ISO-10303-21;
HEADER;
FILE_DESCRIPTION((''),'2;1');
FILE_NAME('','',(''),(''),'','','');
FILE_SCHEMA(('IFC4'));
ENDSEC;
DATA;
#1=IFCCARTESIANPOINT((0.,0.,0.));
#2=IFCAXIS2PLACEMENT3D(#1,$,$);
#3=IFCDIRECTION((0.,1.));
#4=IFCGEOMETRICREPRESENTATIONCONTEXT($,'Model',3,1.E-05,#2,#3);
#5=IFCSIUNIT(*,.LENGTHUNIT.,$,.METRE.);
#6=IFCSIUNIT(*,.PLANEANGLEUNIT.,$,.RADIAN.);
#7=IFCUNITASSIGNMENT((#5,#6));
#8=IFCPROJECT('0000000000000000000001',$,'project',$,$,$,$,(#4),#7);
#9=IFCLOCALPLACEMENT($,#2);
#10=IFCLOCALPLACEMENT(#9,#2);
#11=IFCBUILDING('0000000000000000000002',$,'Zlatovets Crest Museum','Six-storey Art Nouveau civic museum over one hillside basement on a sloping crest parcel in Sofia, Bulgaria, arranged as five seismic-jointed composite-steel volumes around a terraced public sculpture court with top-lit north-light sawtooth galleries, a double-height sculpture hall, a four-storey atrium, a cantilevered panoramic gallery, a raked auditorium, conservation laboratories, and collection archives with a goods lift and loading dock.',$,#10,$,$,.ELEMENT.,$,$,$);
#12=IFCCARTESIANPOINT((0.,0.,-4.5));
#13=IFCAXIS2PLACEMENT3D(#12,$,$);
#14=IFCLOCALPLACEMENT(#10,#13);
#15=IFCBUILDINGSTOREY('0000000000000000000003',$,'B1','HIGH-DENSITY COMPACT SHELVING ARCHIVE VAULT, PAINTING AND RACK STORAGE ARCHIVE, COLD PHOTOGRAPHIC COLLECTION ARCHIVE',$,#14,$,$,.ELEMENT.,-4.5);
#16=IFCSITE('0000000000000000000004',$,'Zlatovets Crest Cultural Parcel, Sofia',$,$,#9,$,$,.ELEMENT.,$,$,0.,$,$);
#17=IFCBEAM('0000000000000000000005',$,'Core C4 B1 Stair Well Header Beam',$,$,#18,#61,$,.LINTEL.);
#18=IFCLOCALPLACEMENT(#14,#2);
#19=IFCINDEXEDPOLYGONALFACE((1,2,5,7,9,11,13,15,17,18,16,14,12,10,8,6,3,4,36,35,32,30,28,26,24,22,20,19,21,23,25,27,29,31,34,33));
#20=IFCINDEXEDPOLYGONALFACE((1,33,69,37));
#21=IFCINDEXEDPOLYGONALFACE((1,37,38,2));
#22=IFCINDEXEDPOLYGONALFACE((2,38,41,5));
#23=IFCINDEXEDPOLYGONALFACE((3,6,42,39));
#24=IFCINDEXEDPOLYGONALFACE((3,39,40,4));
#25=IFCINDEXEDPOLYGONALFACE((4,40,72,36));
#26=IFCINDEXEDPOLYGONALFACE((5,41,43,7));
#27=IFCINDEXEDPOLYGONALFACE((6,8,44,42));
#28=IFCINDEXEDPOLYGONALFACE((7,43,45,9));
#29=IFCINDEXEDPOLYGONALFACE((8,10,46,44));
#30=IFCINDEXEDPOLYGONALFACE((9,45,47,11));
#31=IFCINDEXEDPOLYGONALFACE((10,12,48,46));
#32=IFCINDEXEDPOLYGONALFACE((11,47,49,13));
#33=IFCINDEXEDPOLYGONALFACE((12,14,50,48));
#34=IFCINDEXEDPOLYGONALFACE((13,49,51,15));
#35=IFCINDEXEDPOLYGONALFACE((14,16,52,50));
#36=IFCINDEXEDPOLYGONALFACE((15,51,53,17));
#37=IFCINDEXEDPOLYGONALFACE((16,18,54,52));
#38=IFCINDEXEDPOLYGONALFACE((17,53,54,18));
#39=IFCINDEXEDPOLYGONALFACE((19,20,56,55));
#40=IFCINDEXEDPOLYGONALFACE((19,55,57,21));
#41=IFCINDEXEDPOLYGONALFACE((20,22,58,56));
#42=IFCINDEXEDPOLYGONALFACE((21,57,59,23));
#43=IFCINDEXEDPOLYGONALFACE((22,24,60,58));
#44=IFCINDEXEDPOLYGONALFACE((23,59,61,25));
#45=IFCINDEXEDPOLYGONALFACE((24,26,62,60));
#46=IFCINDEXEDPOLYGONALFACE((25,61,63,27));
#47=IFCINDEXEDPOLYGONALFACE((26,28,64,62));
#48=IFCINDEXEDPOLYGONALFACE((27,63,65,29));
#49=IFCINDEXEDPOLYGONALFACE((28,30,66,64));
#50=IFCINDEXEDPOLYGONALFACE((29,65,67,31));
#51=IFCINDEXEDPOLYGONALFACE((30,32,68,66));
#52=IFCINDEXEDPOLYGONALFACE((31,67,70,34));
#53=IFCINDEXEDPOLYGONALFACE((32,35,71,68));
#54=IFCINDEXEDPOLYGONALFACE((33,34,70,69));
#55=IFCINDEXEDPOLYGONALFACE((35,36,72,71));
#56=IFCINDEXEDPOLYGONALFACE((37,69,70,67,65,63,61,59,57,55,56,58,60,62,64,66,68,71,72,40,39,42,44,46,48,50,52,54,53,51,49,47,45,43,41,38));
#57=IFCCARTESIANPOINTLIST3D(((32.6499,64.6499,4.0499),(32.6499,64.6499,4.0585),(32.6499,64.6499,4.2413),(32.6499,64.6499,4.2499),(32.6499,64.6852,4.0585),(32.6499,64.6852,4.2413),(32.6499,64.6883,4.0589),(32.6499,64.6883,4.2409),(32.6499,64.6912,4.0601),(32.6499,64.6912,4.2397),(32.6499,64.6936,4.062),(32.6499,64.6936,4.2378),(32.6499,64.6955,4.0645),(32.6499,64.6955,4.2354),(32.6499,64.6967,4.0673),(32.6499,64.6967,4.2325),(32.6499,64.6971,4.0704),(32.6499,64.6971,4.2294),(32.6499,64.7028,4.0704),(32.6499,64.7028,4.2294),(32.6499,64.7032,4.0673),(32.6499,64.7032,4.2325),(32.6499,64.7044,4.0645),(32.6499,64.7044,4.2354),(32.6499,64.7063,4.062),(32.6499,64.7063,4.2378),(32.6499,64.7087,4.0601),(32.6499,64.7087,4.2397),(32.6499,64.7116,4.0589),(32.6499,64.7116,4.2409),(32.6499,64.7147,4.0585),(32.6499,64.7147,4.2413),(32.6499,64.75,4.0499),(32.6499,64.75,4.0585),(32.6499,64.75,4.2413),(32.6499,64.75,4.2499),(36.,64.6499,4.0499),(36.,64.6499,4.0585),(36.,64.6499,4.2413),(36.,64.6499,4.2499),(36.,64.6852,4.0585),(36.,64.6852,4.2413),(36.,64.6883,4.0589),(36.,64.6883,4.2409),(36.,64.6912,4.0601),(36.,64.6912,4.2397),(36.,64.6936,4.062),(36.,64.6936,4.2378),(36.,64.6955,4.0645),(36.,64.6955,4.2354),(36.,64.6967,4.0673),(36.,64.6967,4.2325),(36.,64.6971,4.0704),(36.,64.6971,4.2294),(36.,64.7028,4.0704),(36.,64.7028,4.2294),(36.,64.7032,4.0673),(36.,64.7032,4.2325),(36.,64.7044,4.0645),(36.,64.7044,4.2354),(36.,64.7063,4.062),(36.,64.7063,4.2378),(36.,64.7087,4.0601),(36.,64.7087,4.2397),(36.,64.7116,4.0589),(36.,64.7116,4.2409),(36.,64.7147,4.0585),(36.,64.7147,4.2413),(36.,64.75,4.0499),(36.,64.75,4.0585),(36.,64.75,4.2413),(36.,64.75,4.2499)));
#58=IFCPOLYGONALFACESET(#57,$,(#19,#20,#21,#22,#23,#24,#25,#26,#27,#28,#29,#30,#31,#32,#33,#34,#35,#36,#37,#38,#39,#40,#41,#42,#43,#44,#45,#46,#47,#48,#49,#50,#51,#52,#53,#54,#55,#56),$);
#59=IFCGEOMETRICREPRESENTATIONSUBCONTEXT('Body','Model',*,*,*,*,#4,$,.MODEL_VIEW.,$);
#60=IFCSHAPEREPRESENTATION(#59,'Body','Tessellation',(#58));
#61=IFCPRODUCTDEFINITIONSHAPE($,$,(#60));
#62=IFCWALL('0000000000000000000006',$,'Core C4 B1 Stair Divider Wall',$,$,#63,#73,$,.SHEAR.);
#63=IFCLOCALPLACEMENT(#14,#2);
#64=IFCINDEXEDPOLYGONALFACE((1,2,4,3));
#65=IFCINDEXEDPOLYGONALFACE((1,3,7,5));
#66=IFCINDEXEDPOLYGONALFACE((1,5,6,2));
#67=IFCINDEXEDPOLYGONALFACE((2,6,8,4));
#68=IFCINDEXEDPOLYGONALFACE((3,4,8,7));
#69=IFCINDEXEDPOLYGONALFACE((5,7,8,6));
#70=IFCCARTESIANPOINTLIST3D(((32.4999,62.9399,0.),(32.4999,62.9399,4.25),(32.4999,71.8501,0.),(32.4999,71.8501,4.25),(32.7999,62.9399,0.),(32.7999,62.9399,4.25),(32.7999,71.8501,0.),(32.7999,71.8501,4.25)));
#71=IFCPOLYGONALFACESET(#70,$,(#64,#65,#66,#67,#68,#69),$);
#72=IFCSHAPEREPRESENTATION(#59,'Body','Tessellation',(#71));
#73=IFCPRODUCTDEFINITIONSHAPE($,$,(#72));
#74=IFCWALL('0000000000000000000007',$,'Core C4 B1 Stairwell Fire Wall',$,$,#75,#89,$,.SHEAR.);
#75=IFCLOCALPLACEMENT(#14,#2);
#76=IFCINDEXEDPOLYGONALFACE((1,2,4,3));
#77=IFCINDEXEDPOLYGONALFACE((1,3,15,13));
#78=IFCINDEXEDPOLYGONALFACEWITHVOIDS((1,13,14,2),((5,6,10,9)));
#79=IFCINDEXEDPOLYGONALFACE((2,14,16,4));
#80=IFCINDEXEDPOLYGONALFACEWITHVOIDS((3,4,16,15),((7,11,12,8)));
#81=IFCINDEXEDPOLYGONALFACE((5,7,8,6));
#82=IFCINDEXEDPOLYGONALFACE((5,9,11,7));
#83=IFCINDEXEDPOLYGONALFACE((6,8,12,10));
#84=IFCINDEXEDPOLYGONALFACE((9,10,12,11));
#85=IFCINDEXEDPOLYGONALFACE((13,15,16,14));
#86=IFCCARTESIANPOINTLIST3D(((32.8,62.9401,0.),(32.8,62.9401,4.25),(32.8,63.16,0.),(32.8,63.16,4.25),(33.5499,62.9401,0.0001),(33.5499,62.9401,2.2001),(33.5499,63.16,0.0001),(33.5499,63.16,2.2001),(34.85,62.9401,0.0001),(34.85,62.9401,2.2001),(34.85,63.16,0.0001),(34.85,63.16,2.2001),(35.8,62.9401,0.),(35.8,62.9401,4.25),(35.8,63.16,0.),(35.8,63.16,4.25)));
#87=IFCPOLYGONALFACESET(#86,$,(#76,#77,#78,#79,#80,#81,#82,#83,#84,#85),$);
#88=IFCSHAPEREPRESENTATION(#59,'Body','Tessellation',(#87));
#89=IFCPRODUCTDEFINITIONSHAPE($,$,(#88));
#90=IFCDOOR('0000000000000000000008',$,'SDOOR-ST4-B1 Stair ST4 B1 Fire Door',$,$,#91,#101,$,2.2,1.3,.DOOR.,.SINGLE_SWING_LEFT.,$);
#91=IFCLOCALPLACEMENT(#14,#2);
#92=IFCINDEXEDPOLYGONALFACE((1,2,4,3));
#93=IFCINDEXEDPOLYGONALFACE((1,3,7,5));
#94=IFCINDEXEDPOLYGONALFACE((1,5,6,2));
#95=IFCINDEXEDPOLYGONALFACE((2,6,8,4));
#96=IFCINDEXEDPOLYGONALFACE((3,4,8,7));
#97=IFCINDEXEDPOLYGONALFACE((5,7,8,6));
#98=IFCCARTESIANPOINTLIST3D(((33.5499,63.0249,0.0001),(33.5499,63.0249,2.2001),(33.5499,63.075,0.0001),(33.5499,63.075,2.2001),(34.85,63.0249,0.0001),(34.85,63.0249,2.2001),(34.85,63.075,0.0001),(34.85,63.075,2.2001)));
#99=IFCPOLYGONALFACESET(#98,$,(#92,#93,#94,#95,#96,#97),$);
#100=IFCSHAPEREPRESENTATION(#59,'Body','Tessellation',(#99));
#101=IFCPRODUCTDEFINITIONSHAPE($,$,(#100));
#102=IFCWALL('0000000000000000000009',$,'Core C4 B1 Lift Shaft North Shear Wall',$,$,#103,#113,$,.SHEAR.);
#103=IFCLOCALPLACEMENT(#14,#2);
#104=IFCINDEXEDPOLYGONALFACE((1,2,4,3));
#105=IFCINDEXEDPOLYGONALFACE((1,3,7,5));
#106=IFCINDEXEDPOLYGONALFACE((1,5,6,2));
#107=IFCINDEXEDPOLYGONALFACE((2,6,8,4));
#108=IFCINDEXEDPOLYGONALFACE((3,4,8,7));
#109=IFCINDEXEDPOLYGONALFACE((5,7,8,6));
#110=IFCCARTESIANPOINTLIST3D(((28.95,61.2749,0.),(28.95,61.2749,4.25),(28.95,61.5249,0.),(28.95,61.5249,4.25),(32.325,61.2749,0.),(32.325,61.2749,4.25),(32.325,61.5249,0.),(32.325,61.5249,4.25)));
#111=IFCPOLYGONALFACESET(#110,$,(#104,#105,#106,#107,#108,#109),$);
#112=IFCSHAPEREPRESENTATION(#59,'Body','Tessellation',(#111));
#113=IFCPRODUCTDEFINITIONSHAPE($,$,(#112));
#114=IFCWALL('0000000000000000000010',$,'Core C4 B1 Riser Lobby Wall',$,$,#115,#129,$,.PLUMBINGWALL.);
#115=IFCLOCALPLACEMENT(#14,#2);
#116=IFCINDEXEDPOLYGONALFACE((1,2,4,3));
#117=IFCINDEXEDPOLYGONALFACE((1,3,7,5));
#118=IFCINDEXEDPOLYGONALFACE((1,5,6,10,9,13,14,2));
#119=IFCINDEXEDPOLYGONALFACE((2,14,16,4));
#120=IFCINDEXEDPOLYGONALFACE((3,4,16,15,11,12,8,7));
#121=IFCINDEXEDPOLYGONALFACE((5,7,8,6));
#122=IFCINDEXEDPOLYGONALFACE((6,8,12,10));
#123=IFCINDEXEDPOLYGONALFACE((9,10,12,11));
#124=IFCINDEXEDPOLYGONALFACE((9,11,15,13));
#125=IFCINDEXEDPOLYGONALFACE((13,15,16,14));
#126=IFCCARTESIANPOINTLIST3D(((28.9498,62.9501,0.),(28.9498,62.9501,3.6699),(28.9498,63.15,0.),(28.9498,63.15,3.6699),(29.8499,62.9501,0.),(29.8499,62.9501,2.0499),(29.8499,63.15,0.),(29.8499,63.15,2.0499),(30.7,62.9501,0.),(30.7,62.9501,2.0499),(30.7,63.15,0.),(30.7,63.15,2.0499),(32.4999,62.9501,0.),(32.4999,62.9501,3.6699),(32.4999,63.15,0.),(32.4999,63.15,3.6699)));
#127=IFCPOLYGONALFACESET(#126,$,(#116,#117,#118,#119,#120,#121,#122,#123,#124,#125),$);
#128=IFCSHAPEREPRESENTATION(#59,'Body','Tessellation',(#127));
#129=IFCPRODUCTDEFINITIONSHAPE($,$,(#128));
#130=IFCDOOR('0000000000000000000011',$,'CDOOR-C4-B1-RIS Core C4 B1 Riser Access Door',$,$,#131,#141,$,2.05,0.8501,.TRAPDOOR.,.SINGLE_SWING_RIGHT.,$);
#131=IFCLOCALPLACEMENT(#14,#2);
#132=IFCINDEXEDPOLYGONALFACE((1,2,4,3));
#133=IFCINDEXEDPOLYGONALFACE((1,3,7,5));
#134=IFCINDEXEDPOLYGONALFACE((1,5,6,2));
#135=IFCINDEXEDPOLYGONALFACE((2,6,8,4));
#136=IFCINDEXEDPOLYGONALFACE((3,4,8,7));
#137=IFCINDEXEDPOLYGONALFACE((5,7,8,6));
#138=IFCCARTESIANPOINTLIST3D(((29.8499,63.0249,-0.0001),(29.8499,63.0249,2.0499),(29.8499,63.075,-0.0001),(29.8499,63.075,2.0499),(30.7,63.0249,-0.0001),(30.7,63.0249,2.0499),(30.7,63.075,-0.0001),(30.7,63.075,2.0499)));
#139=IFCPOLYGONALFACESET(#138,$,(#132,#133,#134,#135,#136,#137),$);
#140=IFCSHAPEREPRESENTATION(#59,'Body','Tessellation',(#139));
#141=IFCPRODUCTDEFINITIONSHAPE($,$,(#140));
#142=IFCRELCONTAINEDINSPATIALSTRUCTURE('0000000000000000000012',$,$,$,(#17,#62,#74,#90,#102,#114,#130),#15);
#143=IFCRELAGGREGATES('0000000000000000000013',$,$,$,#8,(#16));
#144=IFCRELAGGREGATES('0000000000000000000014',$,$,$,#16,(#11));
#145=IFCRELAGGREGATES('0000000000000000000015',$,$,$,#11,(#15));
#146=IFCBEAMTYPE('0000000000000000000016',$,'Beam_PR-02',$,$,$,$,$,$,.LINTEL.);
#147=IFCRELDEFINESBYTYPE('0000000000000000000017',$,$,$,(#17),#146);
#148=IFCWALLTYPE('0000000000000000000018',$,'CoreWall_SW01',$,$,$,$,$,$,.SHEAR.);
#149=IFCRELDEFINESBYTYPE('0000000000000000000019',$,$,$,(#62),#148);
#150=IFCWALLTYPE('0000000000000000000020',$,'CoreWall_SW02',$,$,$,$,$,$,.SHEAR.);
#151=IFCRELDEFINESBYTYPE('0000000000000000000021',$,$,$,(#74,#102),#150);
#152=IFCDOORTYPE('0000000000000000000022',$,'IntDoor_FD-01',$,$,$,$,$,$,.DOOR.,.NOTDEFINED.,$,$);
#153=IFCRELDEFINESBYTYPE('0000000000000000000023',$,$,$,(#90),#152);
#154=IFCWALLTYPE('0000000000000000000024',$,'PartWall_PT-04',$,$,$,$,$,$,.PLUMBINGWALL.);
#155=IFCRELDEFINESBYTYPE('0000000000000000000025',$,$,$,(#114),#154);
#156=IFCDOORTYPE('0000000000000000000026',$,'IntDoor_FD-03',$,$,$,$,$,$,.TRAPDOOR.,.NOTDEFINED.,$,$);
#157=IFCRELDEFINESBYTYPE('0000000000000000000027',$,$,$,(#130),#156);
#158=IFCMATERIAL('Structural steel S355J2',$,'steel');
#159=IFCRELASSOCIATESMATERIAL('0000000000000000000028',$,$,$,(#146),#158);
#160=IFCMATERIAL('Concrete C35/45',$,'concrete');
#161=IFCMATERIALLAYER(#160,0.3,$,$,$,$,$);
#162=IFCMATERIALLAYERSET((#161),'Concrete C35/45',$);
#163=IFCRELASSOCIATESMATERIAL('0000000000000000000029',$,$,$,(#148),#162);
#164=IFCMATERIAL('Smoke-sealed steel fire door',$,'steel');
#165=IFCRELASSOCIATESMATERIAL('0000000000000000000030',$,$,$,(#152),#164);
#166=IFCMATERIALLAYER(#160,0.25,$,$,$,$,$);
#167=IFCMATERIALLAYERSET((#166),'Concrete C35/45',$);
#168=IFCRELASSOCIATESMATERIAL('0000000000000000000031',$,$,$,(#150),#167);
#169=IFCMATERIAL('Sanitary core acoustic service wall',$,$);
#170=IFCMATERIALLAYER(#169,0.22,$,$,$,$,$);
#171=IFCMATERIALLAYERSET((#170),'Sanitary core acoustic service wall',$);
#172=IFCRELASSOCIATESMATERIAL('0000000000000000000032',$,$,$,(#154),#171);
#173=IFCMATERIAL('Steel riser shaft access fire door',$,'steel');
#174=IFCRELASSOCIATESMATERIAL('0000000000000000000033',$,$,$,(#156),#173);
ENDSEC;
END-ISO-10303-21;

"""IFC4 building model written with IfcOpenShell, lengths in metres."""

from ifc_helpers import new_model, si_unit, direction, frame, frame_2d, origin, origin_2d, place, context, subcontext, project, spatial, rectangle, i_section, extrude, material, layer, layer_set, material_profile, profile_set, type_object, element, fill, save


model = new_model("IFC4")

# Units and contexts
model_context = context("Model", 3, precision=1e-05, world=origin(), true_north=direction((0.0, 1.0)))
body_context = subcontext(model_context, "Body", "Model", "MODEL_VIEW")
ifc_project = project(units=[si_unit("LENGTHUNIT", "METRE"), si_unit("PLANEANGLEUNIT", "RADIAN")], contexts=[model_context])

# Site, building, storey
site_placement = place(None, origin())
site = spatial("IfcSite", under=ifc_project, at=site_placement, Name="Zlatovets Crest Cultural Parcel, Sofia", CompositionType="ELEMENT", RefElevation=0.0)
building_placement = place(site_placement, origin())
building = spatial("IfcBuilding", under=site, at=building_placement, Name="Zlatovets Crest Museum", Description="Six-storey Art Nouveau civic museum over one hillside basement on a sloping crest parcel in Sofia, Bulgaria, arranged as five seismic-jointed composite-steel volumes around a terraced public sculpture court with top-lit north-light sawtooth galleries, a double-height sculpture hall, a four-storey atrium, a cantilevered panoramic gallery, a raked auditorium, conservation laboratories, and collection archives with a goods lift and loading dock.", CompositionType="ELEMENT")
storey_placement = place(building_placement, frame((0.0, 0.0, -4.5)))
storey = spatial("IfcBuildingStorey", under=building, at=storey_placement, Name="B1", Description="HIGH-DENSITY COMPACT SHELVING ARCHIVE VAULT, PAINTING AND RACK STORAGE ARCHIVE, COLD PHOTOGRAPHIC COLLECTION ARCHIVE", CompositionType="ELEMENT", Elevation=-4.5)

# Shared definitions
ifc_material_1 = material(Name="Concrete C35/45", Category="concrete")

# Beam
ifc_material_2 = material(Name="Structural steel S355J2", Category="steel")
ifc_material_profile_1 = material_profile(ifc_material_2, i_section(OverallWidth=0.1001, OverallDepth=0.2, WebThickness=0.0056, FlangeThickness=0.0085, FilletRadius=0.012, at=origin_2d()), Name="IPE 200")
ifc_profile_set_1 = profile_set([ifc_material_profile_1], Name="Structural steel S355J2")
beam_type = type_object("IfcBeamType", Name="Beam_PR-02", PredefinedType="LINTEL", material=ifc_profile_set_1)
beam_placement = place(storey_placement, frame((32.6499, 64.7, 4.1499), z_axis=(1.0, 0.0, 0.0), x_axis=(0.0, 1.0, 0.0)))
element("IfcBeam", 1, at=beam_placement, inside=storey, type_object=beam_type, Name="Core C4 B1 Stair Well Header Beam", PredefinedType="LINTEL", context=body_context, shape_type="SweptSolid", body=[
    extrude(i_section(OverallWidth=0.1001, OverallDepth=0.2, WebThickness=0.0056, FlangeThickness=0.0085, FilletRadius=0.012, at=origin_2d()), origin(), (0.0, 0.0, 1.0), 3.3501),
])

# Shared definitions
ifc_layer_1 = layer(ifc_material_1, 0.3)
ifc_layer_set_1 = layer_set([ifc_layer_1], Name="Concrete C35/45")
wall_type_1 = type_object("IfcWallType", Name="CoreWall_SW01", PredefinedType="SHEAR", material=ifc_layer_set_1)
ifc_material_3 = material(Name="Smoke-sealed steel fire door", Category="steel")
door_type_1 = type_object("IfcDoorType", Name="IntDoor_FD-01", OperationType="NOTDEFINED", PredefinedType="DOOR", material=ifc_material_3)

# Wall
wall_1_placement = place(storey_placement, frame((32.6499, 62.9399, 0.0), z_axis=(0.0, 0.0, 1.0), x_axis=(0.0, 1.0, 0.0)))
element("IfcWall", 2, at=wall_1_placement, inside=storey, type_object=wall_type_1, Name="Core C4 B1 Stair Divider Wall", PredefinedType="SHEAR", context=body_context, shape_type="SweptSolid", body=[
    extrude(rectangle(XDim=8.9102, YDim=0.3, at=frame_2d((4.4551, 0.0))), origin(), (0.0, 0.0, 1.0), 4.25),
])

# Wall, opening, door
ifc_layer_2 = layer(ifc_material_1, 0.25)
ifc_layer_set_2 = layer_set([ifc_layer_2], Name="Concrete C35/45")
wall_type_2 = type_object("IfcWallType", Name="CoreWall_SW02", PredefinedType="SHEAR", material=ifc_layer_set_2)
wall_2_placement = place(storey_placement, frame((32.8, 63.05, 0.0), z_axis=(0.0, 0.0, 1.0), x_axis=(1.0, 0.0, 0.0)))
wall_2 = element("IfcWall", 3, at=wall_2_placement, inside=storey, type_object=wall_type_2, Name="Core C4 B1 Stairwell Fire Wall", PredefinedType="SHEAR", context=body_context, shape_type="SweptSolid", body=[
    extrude(rectangle(XDim=3.0, YDim=0.22, at=frame_2d((1.5, 0.0))), origin(), (0.0, 0.0, 1.0), 4.25),
])
opening_1_placement = place(wall_2_placement, frame((0.75, 0.0, 0.0)))
opening_1 = element("IfcOpeningElement", 4, at=opening_1_placement, cuts=wall_2, PredefinedType="OPENING", context=body_context, shape_type="SweptSolid", body=[
    extrude(rectangle(XDim=1.3, YDim=2.2, at=frame_2d((0.6499, 1.1001))), frame((0.0, 0.1201, 0.0), z_axis=(0.0, -1.0, 0.0), x_axis=(1.0, 0.0, 0.0)), (0.0, 0.0, 1.0), 0.24),
])
door_1_placement = place(opening_1_placement, origin())
door_1 = element("IfcDoor", 5, at=door_1_placement, inside=storey, type_object=door_type_1, Name="SDOOR-ST4-B1 Stair ST4 B1 Fire Door", OperationType="SINGLE_SWING_LEFT", OverallHeight=2.2, OverallWidth=1.3, PredefinedType="DOOR", context=body_context, shape_type="SweptSolid", body=[
    extrude(rectangle(XDim=1.3, YDim=2.2, at=frame_2d((0.6499, 1.1001))), frame((0.0, 0.0249, 0.0), z_axis=(0.0, -1.0, 0.0), x_axis=(1.0, 0.0, 0.0)), (0.0, 0.0, 1.0), 0.05),
])
fill(opening_1, door_1)

# Wall
wall_3_placement = place(storey_placement, frame((28.95, 61.3999, 0.0), z_axis=(0.0, 0.0, 1.0), x_axis=(1.0, 0.0, 0.0)))
element("IfcWall", 6, at=wall_3_placement, inside=storey, type_object=wall_type_2, Name="Core C4 B1 Lift Shaft North Shear Wall", PredefinedType="SHEAR", context=body_context, shape_type="SweptSolid", body=[
    extrude(rectangle(XDim=3.375, YDim=0.25, at=frame_2d((1.6875, 0.0))), origin(), (0.0, 0.0, 1.0), 4.25),
])

# Wall, opening, door
ifc_material_4 = material(Name="Sanitary core acoustic service wall")
ifc_layer_3 = layer(ifc_material_4, 0.22)
ifc_layer_set_3 = layer_set([ifc_layer_3], Name="Sanitary core acoustic service wall")
wall_type_3 = type_object("IfcWallType", Name="PartWall_PT-04", PredefinedType="PLUMBINGWALL", material=ifc_layer_set_3)
wall_4_placement = place(storey_placement, frame((28.95, 63.05, 0.0), z_axis=(0.0, 0.0, 1.0), x_axis=(1.0, 0.0, 0.0)))
wall_4 = element("IfcWall", 7, at=wall_4_placement, inside=storey, type_object=wall_type_3, Name="Core C4 B1 Riser Lobby Wall", PredefinedType="PLUMBINGWALL", context=body_context, shape_type="SweptSolid", body=[
    extrude(rectangle(XDim=3.55, YDim=0.2, at=frame_2d((1.7749, 0.0))), origin(), (0.0, 0.0, 1.0), 3.6699),
])
opening_2_placement = place(wall_4_placement, frame((0.8999, 0.0, 0.0)))
opening_2 = element("IfcOpeningElement", 8, at=opening_2_placement, cuts=wall_4, PredefinedType="OPENING", context=body_context, shape_type="SweptSolid", body=[
    extrude(rectangle(XDim=0.8501, YDim=2.05, at=frame_2d((0.425, 1.0249))), frame((0.0, 0.1099, 0.0), z_axis=(0.0, -1.0, 0.0), x_axis=(1.0, 0.0, 0.0)), (0.0, 0.0, 1.0), 0.22),
])
ifc_material_5 = material(Name="Steel riser shaft access fire door", Category="steel")
door_type_2 = type_object("IfcDoorType", Name="IntDoor_FD-03", OperationType="NOTDEFINED", PredefinedType="TRAPDOOR", material=ifc_material_5)
door_2_placement = place(opening_2_placement, origin())
door_2 = element("IfcDoor", 9, at=door_2_placement, inside=storey, type_object=door_type_2, Name="CDOOR-C4-B1-RIS Core C4 B1 Riser Access Door", OperationType="SINGLE_SWING_RIGHT", OverallHeight=2.05, OverallWidth=0.8501, PredefinedType="TRAPDOOR", context=body_context, shape_type="SweptSolid", body=[
    extrude(rectangle(XDim=0.8501, YDim=2.05, at=frame_2d((0.425, 1.0249))), frame((0.0, 0.0249, 0.0), z_axis=(0.0, -1.0, 0.0), x_axis=(1.0, 0.0, 0.0)), (0.0, 0.0, 1.0), 0.05),
])
fill(opening_2, door_2)

save(model, "model.ifc")
